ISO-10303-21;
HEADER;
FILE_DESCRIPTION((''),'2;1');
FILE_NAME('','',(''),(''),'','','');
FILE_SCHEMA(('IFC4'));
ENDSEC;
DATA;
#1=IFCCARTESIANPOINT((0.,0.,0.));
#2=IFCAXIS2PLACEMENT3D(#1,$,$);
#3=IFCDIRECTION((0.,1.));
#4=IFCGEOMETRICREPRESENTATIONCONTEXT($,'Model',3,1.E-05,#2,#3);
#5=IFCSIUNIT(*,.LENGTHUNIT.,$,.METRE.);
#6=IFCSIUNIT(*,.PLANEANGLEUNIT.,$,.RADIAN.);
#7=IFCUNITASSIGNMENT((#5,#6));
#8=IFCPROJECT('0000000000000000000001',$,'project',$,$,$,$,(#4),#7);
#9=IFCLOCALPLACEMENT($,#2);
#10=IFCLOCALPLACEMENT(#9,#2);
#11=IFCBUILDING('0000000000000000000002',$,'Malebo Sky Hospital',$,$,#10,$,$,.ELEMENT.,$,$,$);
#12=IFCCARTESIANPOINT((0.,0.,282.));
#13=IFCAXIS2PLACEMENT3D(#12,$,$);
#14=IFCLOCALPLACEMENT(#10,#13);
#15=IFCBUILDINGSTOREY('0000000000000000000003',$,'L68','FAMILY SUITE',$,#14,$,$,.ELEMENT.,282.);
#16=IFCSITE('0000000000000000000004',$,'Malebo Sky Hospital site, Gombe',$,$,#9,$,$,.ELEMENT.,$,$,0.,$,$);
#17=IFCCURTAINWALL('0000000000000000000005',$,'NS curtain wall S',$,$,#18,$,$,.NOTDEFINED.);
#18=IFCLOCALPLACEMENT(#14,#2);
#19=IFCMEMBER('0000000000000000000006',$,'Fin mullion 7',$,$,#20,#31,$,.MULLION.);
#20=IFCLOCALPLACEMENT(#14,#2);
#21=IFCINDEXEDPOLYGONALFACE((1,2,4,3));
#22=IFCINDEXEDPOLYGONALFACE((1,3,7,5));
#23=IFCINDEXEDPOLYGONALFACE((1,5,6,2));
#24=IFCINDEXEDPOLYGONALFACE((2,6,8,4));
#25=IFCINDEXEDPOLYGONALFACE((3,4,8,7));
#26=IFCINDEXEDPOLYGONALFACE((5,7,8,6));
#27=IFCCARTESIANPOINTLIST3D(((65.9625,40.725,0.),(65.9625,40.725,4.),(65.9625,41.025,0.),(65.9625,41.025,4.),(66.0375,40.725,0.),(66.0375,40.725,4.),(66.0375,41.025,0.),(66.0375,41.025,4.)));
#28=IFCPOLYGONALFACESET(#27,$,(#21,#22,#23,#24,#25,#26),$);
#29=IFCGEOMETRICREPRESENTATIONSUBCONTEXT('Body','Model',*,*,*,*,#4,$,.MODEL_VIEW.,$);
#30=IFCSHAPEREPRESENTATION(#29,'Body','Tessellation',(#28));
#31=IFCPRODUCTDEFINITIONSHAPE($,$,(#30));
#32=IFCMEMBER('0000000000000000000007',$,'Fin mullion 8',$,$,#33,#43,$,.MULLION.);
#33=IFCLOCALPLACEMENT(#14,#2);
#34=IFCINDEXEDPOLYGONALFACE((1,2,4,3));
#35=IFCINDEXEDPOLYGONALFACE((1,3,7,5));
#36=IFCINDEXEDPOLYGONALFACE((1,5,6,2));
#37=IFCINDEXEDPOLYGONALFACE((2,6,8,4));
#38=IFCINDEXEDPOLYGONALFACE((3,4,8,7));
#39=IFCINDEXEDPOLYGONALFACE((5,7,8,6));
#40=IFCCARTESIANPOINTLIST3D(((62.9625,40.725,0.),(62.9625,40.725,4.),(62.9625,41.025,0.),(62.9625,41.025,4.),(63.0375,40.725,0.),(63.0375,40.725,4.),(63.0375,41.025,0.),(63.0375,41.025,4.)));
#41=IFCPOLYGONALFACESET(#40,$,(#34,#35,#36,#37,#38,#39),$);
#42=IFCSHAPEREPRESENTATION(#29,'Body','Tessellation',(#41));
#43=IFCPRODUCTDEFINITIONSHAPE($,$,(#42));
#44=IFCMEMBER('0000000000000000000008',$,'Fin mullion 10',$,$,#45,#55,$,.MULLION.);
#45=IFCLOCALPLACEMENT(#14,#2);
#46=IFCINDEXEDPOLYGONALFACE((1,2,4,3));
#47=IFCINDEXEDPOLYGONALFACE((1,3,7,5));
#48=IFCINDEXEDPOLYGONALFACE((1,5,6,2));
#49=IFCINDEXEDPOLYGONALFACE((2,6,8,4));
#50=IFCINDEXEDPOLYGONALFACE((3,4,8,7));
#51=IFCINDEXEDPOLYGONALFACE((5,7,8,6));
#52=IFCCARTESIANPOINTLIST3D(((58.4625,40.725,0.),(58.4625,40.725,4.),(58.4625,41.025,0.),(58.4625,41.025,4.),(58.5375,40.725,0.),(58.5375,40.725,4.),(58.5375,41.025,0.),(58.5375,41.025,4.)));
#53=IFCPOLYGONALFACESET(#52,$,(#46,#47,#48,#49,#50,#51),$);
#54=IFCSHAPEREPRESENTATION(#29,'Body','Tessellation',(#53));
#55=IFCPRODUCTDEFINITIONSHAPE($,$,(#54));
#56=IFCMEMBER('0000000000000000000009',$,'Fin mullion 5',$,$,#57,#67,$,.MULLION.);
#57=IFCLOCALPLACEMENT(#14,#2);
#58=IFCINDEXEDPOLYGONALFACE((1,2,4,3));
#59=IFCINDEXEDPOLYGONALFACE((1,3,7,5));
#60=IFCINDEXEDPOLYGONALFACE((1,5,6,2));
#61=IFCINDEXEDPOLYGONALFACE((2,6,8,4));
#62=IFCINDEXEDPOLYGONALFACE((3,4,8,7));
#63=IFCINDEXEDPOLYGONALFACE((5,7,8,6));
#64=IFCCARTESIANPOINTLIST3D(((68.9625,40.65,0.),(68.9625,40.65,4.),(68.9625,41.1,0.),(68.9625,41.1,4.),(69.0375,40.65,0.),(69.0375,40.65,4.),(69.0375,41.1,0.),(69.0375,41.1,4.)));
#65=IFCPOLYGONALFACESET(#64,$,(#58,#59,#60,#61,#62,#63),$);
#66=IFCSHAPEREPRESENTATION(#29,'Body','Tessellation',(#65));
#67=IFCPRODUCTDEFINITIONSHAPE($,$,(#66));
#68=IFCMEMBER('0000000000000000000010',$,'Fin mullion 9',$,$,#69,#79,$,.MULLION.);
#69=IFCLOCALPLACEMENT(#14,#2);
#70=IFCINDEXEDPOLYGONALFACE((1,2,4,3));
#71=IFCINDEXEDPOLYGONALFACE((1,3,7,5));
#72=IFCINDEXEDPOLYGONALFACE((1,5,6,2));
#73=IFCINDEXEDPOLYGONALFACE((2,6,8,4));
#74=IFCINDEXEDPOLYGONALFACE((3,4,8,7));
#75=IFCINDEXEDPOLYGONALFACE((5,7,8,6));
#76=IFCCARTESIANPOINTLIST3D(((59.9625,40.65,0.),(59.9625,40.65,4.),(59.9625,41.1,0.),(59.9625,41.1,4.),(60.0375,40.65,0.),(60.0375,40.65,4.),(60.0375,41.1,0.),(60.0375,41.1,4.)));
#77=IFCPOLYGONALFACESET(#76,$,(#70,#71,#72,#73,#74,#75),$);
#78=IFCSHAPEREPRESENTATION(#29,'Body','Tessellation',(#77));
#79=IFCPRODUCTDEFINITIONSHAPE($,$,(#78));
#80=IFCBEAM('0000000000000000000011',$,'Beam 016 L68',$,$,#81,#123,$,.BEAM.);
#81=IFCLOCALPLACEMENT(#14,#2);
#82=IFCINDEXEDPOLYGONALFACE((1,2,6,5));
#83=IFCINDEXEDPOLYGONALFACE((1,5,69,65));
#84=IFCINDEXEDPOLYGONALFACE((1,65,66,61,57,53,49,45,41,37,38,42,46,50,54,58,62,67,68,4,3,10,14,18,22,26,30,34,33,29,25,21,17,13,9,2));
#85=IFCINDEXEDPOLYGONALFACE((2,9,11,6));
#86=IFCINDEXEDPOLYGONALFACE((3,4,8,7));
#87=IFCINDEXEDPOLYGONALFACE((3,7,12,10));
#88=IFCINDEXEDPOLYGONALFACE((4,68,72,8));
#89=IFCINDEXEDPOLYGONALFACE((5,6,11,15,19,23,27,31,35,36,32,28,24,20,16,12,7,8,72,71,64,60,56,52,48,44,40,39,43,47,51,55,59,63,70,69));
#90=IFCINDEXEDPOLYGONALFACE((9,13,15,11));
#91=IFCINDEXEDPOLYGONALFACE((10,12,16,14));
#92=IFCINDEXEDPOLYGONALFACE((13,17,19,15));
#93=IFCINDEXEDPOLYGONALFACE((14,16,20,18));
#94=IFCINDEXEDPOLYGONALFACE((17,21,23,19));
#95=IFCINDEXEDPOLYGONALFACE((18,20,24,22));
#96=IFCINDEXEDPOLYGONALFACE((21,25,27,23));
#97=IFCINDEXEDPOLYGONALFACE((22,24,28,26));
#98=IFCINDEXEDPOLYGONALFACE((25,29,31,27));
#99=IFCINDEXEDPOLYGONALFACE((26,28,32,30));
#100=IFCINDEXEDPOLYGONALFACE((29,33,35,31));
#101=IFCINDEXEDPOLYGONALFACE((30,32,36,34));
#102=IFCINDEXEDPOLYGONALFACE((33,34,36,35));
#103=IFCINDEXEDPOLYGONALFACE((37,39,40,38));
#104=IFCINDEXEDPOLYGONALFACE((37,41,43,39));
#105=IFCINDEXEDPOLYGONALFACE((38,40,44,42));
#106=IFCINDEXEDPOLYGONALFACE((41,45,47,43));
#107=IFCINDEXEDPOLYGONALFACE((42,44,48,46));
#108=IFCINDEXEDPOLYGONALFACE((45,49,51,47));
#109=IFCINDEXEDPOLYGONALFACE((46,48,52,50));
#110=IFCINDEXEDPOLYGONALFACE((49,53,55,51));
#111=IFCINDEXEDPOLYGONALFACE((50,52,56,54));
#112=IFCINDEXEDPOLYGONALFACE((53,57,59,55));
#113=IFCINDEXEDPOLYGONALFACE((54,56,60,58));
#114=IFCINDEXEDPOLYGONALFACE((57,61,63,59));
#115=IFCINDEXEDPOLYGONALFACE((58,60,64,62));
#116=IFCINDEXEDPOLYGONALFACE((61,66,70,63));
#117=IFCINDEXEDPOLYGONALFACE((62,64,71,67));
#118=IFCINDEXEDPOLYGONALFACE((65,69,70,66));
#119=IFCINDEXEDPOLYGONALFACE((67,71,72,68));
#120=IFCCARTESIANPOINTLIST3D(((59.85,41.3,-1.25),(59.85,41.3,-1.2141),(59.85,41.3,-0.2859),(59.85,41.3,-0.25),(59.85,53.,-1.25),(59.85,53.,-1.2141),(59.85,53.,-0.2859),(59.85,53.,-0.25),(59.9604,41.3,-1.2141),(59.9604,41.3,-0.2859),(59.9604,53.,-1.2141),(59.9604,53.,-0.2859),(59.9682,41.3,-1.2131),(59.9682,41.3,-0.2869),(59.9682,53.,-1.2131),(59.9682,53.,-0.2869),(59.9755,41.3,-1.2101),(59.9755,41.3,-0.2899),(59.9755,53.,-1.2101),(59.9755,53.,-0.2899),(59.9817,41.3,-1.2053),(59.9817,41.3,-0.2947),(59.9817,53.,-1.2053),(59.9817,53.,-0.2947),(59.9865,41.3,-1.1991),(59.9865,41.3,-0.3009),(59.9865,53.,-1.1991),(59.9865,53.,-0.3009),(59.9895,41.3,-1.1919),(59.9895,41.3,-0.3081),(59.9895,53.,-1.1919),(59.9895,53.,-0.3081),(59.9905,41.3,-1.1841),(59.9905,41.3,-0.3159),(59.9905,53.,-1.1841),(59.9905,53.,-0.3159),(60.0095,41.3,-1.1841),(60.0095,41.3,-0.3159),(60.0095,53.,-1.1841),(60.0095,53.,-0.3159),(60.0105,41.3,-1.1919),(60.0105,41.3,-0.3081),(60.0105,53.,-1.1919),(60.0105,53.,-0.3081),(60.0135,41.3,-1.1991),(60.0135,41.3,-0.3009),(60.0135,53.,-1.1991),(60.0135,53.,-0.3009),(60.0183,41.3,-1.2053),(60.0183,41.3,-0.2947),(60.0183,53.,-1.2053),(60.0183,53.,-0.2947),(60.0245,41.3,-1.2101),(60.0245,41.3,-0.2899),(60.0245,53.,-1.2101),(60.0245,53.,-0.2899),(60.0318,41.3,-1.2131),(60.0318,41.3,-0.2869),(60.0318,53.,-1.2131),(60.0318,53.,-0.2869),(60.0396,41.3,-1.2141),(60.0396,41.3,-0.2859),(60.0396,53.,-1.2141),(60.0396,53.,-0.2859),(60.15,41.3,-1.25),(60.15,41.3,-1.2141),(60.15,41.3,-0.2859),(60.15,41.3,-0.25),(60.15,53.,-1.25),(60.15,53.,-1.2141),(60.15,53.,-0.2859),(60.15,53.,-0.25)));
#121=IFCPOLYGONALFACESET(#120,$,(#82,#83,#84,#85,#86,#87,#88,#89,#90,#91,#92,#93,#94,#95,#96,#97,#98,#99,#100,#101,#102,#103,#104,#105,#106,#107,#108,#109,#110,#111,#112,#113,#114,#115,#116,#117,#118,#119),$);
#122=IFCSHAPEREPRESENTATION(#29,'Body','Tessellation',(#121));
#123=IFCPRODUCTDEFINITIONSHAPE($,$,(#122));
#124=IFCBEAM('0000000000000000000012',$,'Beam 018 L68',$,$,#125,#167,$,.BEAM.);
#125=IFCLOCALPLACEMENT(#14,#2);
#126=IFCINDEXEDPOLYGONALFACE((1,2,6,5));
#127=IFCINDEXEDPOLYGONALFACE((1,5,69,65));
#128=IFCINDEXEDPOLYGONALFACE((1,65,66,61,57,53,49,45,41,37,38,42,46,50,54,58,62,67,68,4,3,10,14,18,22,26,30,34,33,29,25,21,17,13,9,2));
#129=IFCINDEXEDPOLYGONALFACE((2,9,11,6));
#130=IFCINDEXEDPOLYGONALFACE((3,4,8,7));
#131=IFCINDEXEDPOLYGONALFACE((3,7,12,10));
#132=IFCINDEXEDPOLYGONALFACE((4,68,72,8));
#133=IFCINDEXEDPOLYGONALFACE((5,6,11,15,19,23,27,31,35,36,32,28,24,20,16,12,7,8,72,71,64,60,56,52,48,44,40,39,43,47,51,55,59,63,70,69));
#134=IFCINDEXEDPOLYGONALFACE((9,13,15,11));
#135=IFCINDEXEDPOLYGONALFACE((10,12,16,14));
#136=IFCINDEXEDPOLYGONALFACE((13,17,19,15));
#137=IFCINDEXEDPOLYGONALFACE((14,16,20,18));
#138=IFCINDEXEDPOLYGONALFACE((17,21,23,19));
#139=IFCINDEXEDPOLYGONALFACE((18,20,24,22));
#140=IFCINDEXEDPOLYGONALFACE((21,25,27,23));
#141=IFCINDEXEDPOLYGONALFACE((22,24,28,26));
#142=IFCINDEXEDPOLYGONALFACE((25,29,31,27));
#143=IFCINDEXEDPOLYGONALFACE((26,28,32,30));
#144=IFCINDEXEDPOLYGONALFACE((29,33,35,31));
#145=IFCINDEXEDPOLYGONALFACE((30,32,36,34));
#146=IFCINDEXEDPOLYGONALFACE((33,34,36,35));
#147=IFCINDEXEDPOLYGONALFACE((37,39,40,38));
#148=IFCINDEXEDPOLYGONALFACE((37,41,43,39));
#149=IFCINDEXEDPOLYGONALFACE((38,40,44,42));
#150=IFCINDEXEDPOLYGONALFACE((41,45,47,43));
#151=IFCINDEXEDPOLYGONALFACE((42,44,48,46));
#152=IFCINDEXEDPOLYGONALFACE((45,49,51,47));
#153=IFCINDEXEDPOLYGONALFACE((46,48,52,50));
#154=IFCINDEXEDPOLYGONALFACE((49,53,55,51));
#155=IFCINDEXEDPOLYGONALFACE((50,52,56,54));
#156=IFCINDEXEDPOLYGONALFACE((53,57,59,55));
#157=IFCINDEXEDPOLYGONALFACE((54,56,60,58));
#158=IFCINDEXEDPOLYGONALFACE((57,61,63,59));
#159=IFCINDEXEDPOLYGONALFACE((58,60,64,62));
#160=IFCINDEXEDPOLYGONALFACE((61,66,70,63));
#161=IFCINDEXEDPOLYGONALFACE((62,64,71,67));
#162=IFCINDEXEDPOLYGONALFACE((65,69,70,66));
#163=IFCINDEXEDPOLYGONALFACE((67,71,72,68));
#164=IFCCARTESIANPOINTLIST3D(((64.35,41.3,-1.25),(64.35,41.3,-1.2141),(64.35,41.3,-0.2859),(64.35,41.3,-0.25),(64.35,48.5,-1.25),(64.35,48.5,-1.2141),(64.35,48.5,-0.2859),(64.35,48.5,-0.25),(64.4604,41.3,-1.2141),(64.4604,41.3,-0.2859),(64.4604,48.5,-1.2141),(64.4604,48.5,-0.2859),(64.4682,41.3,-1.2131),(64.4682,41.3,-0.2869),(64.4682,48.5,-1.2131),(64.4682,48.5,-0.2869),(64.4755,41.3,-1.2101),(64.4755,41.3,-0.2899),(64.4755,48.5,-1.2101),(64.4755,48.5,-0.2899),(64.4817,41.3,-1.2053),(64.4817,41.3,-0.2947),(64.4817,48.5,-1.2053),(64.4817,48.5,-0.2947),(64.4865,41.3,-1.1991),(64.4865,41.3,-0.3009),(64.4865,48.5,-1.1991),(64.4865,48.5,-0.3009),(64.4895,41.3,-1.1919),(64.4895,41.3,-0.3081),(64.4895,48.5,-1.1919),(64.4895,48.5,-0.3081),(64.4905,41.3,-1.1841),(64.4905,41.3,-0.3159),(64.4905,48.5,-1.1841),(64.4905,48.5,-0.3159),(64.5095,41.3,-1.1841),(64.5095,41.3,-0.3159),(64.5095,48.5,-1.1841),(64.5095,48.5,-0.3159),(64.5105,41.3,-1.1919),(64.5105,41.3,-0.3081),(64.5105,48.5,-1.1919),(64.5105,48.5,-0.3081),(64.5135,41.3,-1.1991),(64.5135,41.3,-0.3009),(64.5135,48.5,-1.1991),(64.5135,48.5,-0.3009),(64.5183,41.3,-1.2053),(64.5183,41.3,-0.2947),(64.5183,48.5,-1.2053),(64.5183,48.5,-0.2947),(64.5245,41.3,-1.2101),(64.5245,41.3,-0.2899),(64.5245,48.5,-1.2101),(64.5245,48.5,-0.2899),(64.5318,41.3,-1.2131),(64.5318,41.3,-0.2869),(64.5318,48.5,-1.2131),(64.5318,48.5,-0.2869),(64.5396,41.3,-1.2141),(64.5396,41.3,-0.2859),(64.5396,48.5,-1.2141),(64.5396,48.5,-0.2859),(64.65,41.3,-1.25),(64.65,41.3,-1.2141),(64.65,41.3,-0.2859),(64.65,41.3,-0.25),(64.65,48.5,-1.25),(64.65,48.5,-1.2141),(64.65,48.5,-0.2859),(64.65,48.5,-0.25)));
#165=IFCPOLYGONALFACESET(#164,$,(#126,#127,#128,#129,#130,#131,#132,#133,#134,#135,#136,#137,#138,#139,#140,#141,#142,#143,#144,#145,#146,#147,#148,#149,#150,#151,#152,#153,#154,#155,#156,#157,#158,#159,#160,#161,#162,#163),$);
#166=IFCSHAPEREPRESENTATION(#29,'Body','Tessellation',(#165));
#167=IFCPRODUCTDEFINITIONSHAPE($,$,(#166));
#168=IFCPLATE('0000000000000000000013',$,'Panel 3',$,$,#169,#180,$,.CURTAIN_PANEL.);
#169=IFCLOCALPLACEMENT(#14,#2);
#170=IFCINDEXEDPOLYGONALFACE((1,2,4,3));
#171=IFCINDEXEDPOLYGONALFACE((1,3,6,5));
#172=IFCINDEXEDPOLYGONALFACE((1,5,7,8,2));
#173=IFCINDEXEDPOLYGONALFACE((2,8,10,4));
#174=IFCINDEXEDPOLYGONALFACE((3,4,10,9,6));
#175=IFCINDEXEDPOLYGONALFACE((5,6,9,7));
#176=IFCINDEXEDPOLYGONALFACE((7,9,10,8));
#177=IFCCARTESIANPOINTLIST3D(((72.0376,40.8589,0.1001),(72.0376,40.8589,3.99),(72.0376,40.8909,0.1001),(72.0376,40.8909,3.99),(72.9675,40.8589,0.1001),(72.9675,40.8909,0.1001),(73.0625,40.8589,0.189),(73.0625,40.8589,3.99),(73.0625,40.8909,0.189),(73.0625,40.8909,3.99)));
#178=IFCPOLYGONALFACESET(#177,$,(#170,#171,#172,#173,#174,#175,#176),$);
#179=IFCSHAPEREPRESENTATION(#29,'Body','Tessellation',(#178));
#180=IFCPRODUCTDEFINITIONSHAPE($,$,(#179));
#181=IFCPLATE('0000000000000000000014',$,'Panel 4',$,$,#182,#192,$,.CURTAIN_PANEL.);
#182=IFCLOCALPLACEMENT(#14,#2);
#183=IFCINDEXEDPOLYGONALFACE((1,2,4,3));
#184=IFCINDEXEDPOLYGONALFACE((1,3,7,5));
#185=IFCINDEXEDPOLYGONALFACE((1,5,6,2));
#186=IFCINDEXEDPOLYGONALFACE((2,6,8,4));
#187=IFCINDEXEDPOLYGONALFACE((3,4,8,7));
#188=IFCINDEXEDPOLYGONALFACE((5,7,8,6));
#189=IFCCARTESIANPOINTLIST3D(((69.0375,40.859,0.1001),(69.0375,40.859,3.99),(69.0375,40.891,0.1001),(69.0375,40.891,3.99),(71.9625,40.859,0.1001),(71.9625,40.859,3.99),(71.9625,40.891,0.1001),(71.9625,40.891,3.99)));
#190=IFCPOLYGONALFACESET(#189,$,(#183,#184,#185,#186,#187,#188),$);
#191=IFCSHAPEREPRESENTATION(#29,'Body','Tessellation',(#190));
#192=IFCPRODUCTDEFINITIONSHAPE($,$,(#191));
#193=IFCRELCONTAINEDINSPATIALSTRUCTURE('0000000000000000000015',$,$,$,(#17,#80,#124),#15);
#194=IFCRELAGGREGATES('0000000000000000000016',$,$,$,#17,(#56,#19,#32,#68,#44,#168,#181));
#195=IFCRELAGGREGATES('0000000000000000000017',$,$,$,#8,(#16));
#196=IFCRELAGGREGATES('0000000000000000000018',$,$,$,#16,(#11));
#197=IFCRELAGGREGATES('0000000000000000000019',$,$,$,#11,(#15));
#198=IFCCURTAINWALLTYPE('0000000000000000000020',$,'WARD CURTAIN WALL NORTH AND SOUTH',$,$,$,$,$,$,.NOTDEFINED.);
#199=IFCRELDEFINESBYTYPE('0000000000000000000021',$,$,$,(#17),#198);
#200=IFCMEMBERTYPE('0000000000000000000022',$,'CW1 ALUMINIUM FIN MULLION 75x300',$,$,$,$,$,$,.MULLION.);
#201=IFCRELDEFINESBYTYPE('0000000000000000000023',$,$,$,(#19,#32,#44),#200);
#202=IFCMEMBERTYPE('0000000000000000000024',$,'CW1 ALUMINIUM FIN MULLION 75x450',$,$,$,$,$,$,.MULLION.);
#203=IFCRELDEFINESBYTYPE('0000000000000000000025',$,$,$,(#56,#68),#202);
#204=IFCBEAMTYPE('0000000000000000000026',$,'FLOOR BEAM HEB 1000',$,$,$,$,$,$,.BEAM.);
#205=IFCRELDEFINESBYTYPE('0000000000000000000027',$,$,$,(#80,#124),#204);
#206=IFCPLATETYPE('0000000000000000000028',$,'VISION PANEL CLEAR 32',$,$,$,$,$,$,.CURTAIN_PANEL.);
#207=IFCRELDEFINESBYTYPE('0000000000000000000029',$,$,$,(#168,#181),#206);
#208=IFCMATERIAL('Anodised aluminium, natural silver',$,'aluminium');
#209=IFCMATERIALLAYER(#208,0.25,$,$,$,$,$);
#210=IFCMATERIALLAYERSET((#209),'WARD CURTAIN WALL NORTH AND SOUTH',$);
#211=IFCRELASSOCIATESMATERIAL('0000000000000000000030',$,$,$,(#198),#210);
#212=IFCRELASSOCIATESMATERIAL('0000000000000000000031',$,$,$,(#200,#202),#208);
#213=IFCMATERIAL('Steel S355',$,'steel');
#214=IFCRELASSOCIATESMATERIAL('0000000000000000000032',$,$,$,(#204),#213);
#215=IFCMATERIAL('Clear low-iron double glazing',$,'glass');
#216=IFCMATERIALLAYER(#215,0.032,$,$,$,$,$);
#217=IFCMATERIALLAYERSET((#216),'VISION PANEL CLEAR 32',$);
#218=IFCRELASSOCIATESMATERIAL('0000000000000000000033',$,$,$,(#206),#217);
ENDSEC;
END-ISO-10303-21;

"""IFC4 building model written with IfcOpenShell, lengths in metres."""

from ifc_helpers import new_model, si_unit, direction, frame, origin, origin_2d, place, context, subcontext, project, spatial, polyline, rectangle, i_section, outline, extrude, material, layer, layer_set, material_profile, profile_set, type_object, element, aggregate, save


model = new_model("IFC4")

# Units and contexts
model_context = context("Model", 3, precision=1e-05, world=origin(), true_north=direction((0.0, 1.0)))
body_context = subcontext(model_context, "Body", "Model", "MODEL_VIEW")
ifc_project = project(units=[si_unit("LENGTHUNIT", "METRE"), si_unit("PLANEANGLEUNIT", "RADIAN")], contexts=[model_context])

# Site, building, storey
site_placement = place(None, origin())
site = spatial("IfcSite", under=ifc_project, at=site_placement, Name="Malebo Sky Hospital site, Gombe", CompositionType="ELEMENT", RefElevation=0.0)
building_placement = place(site_placement, origin())
building = spatial("IfcBuilding", under=site, at=building_placement, Name="Malebo Sky Hospital", CompositionType="ELEMENT")
storey_placement = place(building_placement, frame((0.0, 0.0, 282.0)))
storey = spatial("IfcBuildingStorey", under=building, at=storey_placement, Name="L68", Description="FAMILY SUITE", CompositionType="ELEMENT", Elevation=282.0)

# Curtain wall
ifc_material_1 = material(Name="Anodised aluminium, natural silver", Category="aluminium")
ifc_layer_1 = layer(ifc_material_1, 0.25)
ifc_layer_set_1 = layer_set([ifc_layer_1], Name="WARD CURTAIN WALL NORTH AND SOUTH")
curtain_wall_type = type_object("IfcCurtainWallType", Name="WARD CURTAIN WALL NORTH AND SOUTH", PredefinedType="NOTDEFINED", material=ifc_layer_set_1)
curtain_wall_placement = place(storey_placement, origin())
curtain_wall = element("IfcCurtainWall", 1, at=curtain_wall_placement, inside=storey, type_object=curtain_wall_type, Name="NS curtain wall S", PredefinedType="NOTDEFINED")

# Members
ifc_material_2 = material(Name="Steel S355", Category="steel")
ifc_material_profile_1 = material_profile(ifc_material_1, rectangle(XDim=0.075, YDim=0.3, at=origin_2d()), Name="CW1 ALUMINIUM FIN MULLION 75x300")
ifc_profile_set_1 = profile_set([ifc_material_profile_1], Name="Anodised aluminium, natural silver")
member_type_1 = type_object("IfcMemberType", Name="CW1 ALUMINIUM FIN MULLION 75x300", PredefinedType="MULLION", material=ifc_profile_set_1)
member_1_placement = place(storey_placement, frame((66.0, 40.875, 0.0), z_axis=(0.0, 0.0, 1.0), x_axis=(-1.0, 0.0, 0.0)))
member_1 = element("IfcMember", 2, at=member_1_placement, type_object=member_type_1, Name="Fin mullion 7", PredefinedType="MULLION", context=body_context, shape_type="SweptSolid", body=[
    extrude(rectangle(XDim=0.075, YDim=0.3, at=origin_2d()), origin(), (0.0, 0.0, 1.0), 4.0),
])
member_2_placement = place(storey_placement, frame((63.0, 40.875, 0.0), z_axis=(0.0, 0.0, 1.0), x_axis=(-1.0, 0.0, 0.0)))
member_2 = element("IfcMember", 3, at=member_2_placement, type_object=member_type_1, Name="Fin mullion 8", PredefinedType="MULLION", context=body_context, shape_type="SweptSolid", body=[
    extrude(rectangle(XDim=0.075, YDim=0.3, at=origin_2d()), origin(), (0.0, 0.0, 1.0), 4.0),
])
member_3_placement = place(storey_placement, frame((58.5, 40.875, 0.0), z_axis=(0.0, 0.0, 1.0), x_axis=(-1.0, 0.0, 0.0)))
member_3 = element("IfcMember", 4, at=member_3_placement, type_object=member_type_1, Name="Fin mullion 10", PredefinedType="MULLION", context=body_context, shape_type="SweptSolid", body=[
    extrude(rectangle(XDim=0.075, YDim=0.3, at=origin_2d()), origin(), (0.0, 0.0, 1.0), 4.0),
])
ifc_material_profile_2 = material_profile(ifc_material_1, rectangle(XDim=0.075, YDim=0.45, at=origin_2d()), Name="CW1 ALUMINIUM FIN MULLION 75x450")
ifc_profile_set_2 = profile_set([ifc_material_profile_2], Name="Anodised aluminium, natural silver")
member_type_2 = type_object("IfcMemberType", Name="CW1 ALUMINIUM FIN MULLION 75x450", PredefinedType="MULLION", material=ifc_profile_set_2)
member_4_placement = place(storey_placement, frame((69.0, 40.875, 0.0), z_axis=(0.0, 0.0, 1.0), x_axis=(-1.0, 0.0, 0.0)))
member_4 = element("IfcMember", 5, at=member_4_placement, type_object=member_type_2, Name="Fin mullion 5", PredefinedType="MULLION", context=body_context, shape_type="SweptSolid", body=[
    extrude(rectangle(XDim=0.075, YDim=0.45, at=origin_2d()), origin(), (0.0, 0.0, 1.0), 4.0),
])
member_5_placement = place(storey_placement, frame((60.0, 40.875, 0.0), z_axis=(0.0, 0.0, 1.0), x_axis=(-1.0, 0.0, 0.0)))
member_5 = element("IfcMember", 6, at=member_5_placement, type_object=member_type_2, Name="Fin mullion 9", PredefinedType="MULLION", context=body_context, shape_type="SweptSolid", body=[
    extrude(rectangle(XDim=0.075, YDim=0.45, at=origin_2d()), origin(), (0.0, 0.0, 1.0), 4.0),
])

# Beams
ifc_material_profile_3 = material_profile(ifc_material_2, i_section(OverallWidth=0.3, OverallDepth=1.0, WebThickness=0.019, FlangeThickness=0.0359, FilletRadius=0.03, at=origin_2d()), Name="HEB 1000")
ifc_profile_set_3 = profile_set([ifc_material_profile_3], Name="Steel S355")
beam_type = type_object("IfcBeamType", Name="FLOOR BEAM HEB 1000", PredefinedType="BEAM", material=ifc_profile_set_3)
beam_1_placement = place(storey_placement, frame((60.0, 41.3, -0.75), z_axis=(0.0, 1.0, 0.0), x_axis=(-1.0, 0.0, 0.0)))
element("IfcBeam", 7, at=beam_1_placement, inside=storey, type_object=beam_type, Name="Beam 016 L68", PredefinedType="BEAM", context=body_context, shape_type="SweptSolid", body=[
    extrude(i_section(OverallWidth=0.3, OverallDepth=1.0, WebThickness=0.019, FlangeThickness=0.0359, FilletRadius=0.03, at=origin_2d()), origin(), (0.0, 0.0, 1.0), 11.7),
])
beam_2_placement = place(storey_placement, frame((64.5, 41.3, -0.75), z_axis=(0.0, 1.0, 0.0), x_axis=(-1.0, 0.0, 0.0)))
element("IfcBeam", 8, at=beam_2_placement, inside=storey, type_object=beam_type, Name="Beam 018 L68", PredefinedType="BEAM", context=body_context, shape_type="SweptSolid", body=[
    extrude(i_section(OverallWidth=0.3, OverallDepth=1.0, WebThickness=0.019, FlangeThickness=0.0359, FilletRadius=0.03, at=origin_2d()), origin(), (0.0, 0.0, 1.0), 7.2),
])

# Plates
ifc_material_3 = material(Name="Clear low-iron double glazing", Category="glass")
ifc_layer_2 = layer(ifc_material_3, 0.032)
ifc_layer_set_2 = layer_set([ifc_layer_2], Name="VISION PANEL CLEAR 32")
plate_type = type_object("IfcPlateType", Name="VISION PANEL CLEAR 32", PredefinedType="CURTAIN_PANEL", material=ifc_layer_set_2)
plate_1_placement = place(storey_placement, frame((72.55, 40.875, 0.1001), z_axis=(0.0, 0.0, 1.0), x_axis=(-1.0, 0.0, 0.0)))
plate_1 = element("IfcPlate", 9, at=plate_1_placement, type_object=plate_type, Name="Panel 3", PredefinedType="CURTAIN_PANEL", context=body_context, shape_type="SweptSolid", body=[
    extrude(outline(polyline([(-0.4175, 0.0), (0.5125, 0.0), (0.5125, 3.8899), (-0.5125, 3.8899), (-0.5125, 0.0889), (-0.4175, 0.0)])), frame((0.0, 0.0161, 0.0), z_axis=(0.0, -1.0, 0.0), x_axis=(1.0, 0.0, 0.0)), (0.0, 0.0, 1.0), 0.032),
])
plate_2_placement = place(storey_placement, frame((70.5, 40.875, 0.1001), z_axis=(0.0, 0.0, 1.0), x_axis=(-1.0, 0.0, 0.0)))
plate_2 = element("IfcPlate", 10, at=plate_2_placement, type_object=plate_type, Name="Panel 4", PredefinedType="CURTAIN_PANEL", context=body_context, shape_type="SweptSolid", body=[
    extrude(rectangle(XDim=2.925, YDim=0.032, at=origin_2d()), origin(), (0.0, 0.0, 1.0), 3.8899),
])
aggregate(curtain_wall, [member_4, member_1, member_2, member_5, member_3, plate_1, plate_2])

save(model, "model.ifc")
